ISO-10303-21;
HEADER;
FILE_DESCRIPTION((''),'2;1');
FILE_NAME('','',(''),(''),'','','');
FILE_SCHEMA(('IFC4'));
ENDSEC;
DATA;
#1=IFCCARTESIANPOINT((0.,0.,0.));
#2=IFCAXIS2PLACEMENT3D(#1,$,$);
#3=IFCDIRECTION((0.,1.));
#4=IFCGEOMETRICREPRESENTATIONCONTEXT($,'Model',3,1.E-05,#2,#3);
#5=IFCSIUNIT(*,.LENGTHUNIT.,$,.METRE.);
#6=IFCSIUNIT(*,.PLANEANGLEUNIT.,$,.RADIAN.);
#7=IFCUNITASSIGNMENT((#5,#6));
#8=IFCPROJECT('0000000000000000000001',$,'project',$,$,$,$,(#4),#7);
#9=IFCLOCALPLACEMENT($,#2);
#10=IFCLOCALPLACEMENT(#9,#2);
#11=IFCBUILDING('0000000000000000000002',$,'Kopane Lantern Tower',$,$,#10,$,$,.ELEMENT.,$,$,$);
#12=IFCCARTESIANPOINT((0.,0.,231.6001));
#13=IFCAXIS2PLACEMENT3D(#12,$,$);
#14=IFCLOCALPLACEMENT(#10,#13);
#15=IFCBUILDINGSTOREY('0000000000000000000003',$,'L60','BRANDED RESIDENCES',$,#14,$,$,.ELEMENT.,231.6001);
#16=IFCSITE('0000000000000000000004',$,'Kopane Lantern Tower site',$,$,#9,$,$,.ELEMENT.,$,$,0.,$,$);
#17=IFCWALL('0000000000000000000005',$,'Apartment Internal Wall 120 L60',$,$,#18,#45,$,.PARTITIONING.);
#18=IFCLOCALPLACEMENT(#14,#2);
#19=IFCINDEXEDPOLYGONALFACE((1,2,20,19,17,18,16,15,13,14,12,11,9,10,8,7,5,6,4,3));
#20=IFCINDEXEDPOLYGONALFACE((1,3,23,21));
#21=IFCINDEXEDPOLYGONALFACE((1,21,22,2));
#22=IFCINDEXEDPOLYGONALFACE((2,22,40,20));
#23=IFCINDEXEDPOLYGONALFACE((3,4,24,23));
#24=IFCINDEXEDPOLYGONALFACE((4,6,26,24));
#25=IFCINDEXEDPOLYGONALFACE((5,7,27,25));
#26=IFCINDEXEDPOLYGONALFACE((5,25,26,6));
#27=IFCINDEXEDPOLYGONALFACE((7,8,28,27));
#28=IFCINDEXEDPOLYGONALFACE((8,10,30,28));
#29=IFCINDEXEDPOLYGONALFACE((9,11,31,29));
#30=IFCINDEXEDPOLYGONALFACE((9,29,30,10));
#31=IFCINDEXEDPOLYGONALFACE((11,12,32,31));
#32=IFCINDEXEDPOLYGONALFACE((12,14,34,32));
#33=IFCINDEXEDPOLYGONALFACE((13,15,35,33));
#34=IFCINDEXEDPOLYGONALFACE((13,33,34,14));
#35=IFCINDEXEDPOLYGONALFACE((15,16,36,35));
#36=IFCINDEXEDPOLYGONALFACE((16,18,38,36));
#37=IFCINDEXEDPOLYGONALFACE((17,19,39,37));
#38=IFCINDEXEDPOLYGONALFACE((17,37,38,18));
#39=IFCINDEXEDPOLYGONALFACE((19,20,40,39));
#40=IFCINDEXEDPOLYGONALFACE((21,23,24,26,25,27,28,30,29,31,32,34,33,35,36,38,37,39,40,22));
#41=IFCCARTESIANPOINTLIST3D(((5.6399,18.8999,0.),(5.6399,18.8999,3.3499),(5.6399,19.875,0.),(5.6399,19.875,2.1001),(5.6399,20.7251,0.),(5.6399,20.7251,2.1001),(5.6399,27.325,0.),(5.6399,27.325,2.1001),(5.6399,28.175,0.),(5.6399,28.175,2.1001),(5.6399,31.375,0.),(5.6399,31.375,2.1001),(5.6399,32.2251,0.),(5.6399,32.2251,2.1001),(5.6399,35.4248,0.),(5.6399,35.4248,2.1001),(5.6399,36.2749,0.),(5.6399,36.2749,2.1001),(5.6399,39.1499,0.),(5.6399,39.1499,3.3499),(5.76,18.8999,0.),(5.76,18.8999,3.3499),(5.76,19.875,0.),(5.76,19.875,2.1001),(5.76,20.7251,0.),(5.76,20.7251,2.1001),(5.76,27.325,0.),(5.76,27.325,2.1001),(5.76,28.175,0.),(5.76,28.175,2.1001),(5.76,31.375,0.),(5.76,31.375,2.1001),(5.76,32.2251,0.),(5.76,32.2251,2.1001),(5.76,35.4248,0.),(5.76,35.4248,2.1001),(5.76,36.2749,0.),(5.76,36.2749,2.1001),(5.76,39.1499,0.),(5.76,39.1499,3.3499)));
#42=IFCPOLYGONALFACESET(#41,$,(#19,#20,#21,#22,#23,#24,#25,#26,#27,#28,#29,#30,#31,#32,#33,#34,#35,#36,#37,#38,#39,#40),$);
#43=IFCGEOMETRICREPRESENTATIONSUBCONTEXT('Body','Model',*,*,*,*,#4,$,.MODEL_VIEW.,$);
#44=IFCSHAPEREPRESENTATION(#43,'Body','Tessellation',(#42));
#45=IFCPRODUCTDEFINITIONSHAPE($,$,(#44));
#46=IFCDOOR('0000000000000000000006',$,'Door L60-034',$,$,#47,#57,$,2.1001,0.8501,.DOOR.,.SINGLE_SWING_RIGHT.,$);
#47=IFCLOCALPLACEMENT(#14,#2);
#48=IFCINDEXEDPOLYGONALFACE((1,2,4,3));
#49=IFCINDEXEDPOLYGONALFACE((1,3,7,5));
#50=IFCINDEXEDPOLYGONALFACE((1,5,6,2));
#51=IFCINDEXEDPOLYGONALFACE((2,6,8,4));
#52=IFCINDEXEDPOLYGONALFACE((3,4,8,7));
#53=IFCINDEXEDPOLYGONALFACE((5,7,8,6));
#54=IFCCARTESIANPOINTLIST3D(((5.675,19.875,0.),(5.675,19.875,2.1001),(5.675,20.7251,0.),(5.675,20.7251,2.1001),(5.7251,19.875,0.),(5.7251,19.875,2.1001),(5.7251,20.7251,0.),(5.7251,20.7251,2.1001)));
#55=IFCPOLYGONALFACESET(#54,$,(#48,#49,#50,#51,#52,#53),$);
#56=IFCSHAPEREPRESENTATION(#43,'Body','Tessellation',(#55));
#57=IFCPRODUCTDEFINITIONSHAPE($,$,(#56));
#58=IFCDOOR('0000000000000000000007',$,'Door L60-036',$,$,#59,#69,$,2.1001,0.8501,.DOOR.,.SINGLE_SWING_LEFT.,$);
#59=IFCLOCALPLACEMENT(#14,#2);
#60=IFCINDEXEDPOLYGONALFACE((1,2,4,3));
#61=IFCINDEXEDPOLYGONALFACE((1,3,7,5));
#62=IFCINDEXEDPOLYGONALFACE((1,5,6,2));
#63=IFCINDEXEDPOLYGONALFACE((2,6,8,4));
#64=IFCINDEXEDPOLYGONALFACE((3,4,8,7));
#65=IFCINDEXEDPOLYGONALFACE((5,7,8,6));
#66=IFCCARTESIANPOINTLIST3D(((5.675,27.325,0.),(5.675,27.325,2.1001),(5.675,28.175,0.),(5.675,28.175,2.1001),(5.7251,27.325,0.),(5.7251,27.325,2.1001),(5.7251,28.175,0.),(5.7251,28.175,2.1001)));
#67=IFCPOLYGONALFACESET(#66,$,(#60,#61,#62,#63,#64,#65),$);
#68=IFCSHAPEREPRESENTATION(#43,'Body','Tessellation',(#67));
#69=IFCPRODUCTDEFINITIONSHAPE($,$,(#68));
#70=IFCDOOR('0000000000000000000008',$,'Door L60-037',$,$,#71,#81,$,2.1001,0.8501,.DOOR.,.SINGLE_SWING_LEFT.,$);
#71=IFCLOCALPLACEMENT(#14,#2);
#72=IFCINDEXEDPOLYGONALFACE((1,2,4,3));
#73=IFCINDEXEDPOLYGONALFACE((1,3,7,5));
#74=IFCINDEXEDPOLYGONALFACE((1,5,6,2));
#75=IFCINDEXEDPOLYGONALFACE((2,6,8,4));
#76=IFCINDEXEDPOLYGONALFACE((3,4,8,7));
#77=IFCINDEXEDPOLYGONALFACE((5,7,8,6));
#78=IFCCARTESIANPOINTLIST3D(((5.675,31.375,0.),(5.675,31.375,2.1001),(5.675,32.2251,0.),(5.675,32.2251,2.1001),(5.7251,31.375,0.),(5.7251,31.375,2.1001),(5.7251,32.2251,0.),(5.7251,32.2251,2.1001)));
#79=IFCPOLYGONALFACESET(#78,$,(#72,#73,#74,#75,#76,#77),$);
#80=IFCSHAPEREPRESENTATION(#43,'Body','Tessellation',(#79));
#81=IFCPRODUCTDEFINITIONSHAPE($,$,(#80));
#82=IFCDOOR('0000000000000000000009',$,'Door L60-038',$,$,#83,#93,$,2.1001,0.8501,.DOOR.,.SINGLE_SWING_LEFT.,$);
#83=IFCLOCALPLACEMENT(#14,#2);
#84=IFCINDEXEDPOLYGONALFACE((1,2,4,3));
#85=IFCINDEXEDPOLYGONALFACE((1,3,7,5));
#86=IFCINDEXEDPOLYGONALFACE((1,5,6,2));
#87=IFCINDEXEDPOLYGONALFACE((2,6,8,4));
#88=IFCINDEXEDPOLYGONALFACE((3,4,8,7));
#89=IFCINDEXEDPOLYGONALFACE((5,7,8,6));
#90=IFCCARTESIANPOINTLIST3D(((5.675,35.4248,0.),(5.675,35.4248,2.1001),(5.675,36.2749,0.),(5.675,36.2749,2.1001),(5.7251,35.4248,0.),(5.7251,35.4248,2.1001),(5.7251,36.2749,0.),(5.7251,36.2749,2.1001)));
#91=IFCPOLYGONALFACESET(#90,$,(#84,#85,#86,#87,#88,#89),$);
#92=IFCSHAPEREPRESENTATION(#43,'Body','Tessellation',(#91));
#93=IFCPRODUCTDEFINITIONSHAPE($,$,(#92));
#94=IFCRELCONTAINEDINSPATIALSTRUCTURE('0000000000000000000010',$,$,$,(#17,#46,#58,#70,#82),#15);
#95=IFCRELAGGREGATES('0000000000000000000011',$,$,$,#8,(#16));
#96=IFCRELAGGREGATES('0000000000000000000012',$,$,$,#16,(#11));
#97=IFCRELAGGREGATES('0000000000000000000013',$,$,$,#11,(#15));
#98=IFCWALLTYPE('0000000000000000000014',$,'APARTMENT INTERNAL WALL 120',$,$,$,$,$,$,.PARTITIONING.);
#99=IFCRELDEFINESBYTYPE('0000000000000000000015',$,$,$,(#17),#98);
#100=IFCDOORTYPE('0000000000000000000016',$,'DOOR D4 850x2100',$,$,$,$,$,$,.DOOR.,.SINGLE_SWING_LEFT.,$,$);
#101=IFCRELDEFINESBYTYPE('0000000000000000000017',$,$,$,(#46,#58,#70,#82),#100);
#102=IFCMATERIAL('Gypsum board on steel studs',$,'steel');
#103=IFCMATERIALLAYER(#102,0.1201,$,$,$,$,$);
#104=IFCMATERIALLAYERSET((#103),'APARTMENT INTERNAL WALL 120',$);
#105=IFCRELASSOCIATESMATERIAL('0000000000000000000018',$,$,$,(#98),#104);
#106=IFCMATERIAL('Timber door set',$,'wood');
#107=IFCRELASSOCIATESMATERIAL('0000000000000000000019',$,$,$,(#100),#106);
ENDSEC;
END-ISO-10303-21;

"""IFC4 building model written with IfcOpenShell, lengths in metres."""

from ifc_helpers import new_model, si_unit, direction, frame, frame_2d, origin, place, context, subcontext, project, spatial, rectangle, extrude, material, layer, layer_set, type_object, element, fill, save


model = new_model("IFC4")

# Units and contexts
model_context = context("Model", 3, precision=1e-05, world=origin(), true_north=direction((0.0, 1.0)))
body_context = subcontext(model_context, "Body", "Model", "MODEL_VIEW")
ifc_project = project(units=[si_unit("LENGTHUNIT", "METRE"), si_unit("PLANEANGLEUNIT", "RADIAN")], contexts=[model_context])

# Site, building, storey
site_placement = place(None, origin())
site = spatial("IfcSite", under=ifc_project, at=site_placement, Name="Kopane Lantern Tower site", CompositionType="ELEMENT", RefElevation=0.0)
building_placement = place(site_placement, origin())
building = spatial("IfcBuilding", under=site, at=building_placement, Name="Kopane Lantern Tower", CompositionType="ELEMENT")
storey_placement = place(building_placement, frame((0.0, 0.0, 231.6001)))
storey = spatial("IfcBuildingStorey", under=building, at=storey_placement, Name="L60", Description="BRANDED RESIDENCES", CompositionType="ELEMENT", Elevation=231.6001)

# Wall, openings, doors
ifc_material_1 = material(Name="Gypsum board on steel studs", Category="steel")
ifc_layer_1 = layer(ifc_material_1, 0.1201)
ifc_layer_set_1 = layer_set([ifc_layer_1], Name="APARTMENT INTERNAL WALL 120")
wall_type_1 = type_object("IfcWallType", Name="APARTMENT INTERNAL WALL 120", PredefinedType="PARTITIONING", material=ifc_layer_set_1)
wall_1_placement = place(storey_placement, frame((5.7, 18.8999, 0.0), z_axis=(0.0, 0.0, 1.0), x_axis=(0.0, 1.0, 0.0)))
wall_1 = element("IfcWall", 1, at=wall_1_placement, inside=storey, type_object=wall_type_1, Name="Apartment Internal Wall 120 L60", PredefinedType="PARTITIONING", context=body_context, shape_type="SweptSolid", body=[
    extrude(rectangle(XDim=20.25, YDim=0.1201, at=frame_2d((10.125, 0.0))), origin(), (0.0, 0.0, 1.0), 3.3499),
])
opening_1_placement = place(wall_1_placement, frame((0.9751, 0.0, 0.0)))
opening_1 = element("IfcOpeningElement", 2, at=opening_1_placement, cuts=wall_1, PredefinedType="OPENING", context=body_context, shape_type="SweptSolid", body=[
    extrude(rectangle(XDim=0.8501, YDim=2.1001, at=frame_2d((0.425, 1.05))), frame((0.0, 0.0701, 0.0), z_axis=(0.0, -1.0, 0.0), x_axis=(1.0, 0.0, 0.0)), (0.0, 0.0, 1.0), 0.1401),
])
opening_2_placement = place(wall_1_placement, frame((8.425, 0.0, 0.0)))
opening_2 = element("IfcOpeningElement", 3, at=opening_2_placement, cuts=wall_1, PredefinedType="OPENING", context=body_context, shape_type="SweptSolid", body=[
    extrude(rectangle(XDim=0.8501, YDim=2.1001, at=frame_2d((0.425, 1.05))), frame((0.0, 0.0701, 0.0), z_axis=(0.0, -1.0, 0.0), x_axis=(1.0, 0.0, 0.0)), (0.0, 0.0, 1.0), 0.1401),
])
opening_3_placement = place(wall_1_placement, frame((12.4751, 0.0, 0.0)))
opening_3 = element("IfcOpeningElement", 4, at=opening_3_placement, cuts=wall_1, PredefinedType="OPENING", context=body_context, shape_type="SweptSolid", body=[
    extrude(rectangle(XDim=0.8501, YDim=2.1001, at=frame_2d((0.425, 1.05))), frame((0.0, 0.0701, 0.0), z_axis=(0.0, -1.0, 0.0), x_axis=(1.0, 0.0, 0.0)), (0.0, 0.0, 1.0), 0.1401),
])
opening_4_placement = place(wall_1_placement, frame((16.5249, 0.0, 0.0)))
opening_4 = element("IfcOpeningElement", 5, at=opening_4_placement, cuts=wall_1, PredefinedType="OPENING", context=body_context, shape_type="SweptSolid", body=[
    extrude(rectangle(XDim=0.8501, YDim=2.1001, at=frame_2d((0.425, 1.05))), frame((0.0, 0.0701, 0.0), z_axis=(0.0, -1.0, 0.0), x_axis=(1.0, 0.0, 0.0)), (0.0, 0.0, 1.0), 0.1401),
])
ifc_material_2 = material(Name="Timber door set", Category="wood")
door_type_1 = type_object("IfcDoorType", Name="DOOR D4 850x2100", OperationType="SINGLE_SWING_LEFT", PredefinedType="DOOR", material=ifc_material_2)
door_1_placement = place(opening_1_placement, origin())
door_1 = element("IfcDoor", 6, at=door_1_placement, inside=storey, type_object=door_type_1, Name="Door L60-034", OperationType="SINGLE_SWING_RIGHT", OverallHeight=2.1001, OverallWidth=0.8501, PredefinedType="DOOR", context=body_context, shape_type="SweptSolid", body=[
    extrude(rectangle(XDim=0.8501, YDim=2.1001, at=frame_2d((0.425, 1.05))), frame((0.0, 0.0249, 0.0), z_axis=(0.0, -1.0, 0.0), x_axis=(1.0, 0.0, 0.0)), (0.0, 0.0, 1.0), 0.05),
])
fill(opening_1, door_1)
door_2_placement = place(opening_2_placement, origin())
door_2 = element("IfcDoor", 7, at=door_2_placement, inside=storey, type_object=door_type_1, Name="Door L60-036", OperationType="SINGLE_SWING_LEFT", OverallHeight=2.1001, OverallWidth=0.8501, PredefinedType="DOOR", context=body_context, shape_type="SweptSolid", body=[
    extrude(rectangle(XDim=0.8501, YDim=2.1001, at=frame_2d((0.425, 1.05))), frame((0.0, 0.0249, 0.0), z_axis=(0.0, -1.0, 0.0), x_axis=(1.0, 0.0, 0.0)), (0.0, 0.0, 1.0), 0.05),
])
fill(opening_2, door_2)
door_3_placement = place(opening_3_placement, origin())
door_3 = element("IfcDoor", 8, at=door_3_placement, inside=storey, type_object=door_type_1, Name="Door L60-037", OperationType="SINGLE_SWING_LEFT", OverallHeight=2.1001, OverallWidth=0.8501, PredefinedType="DOOR", context=body_context, shape_type="SweptSolid", body=[
    extrude(rectangle(XDim=0.8501, YDim=2.1001, at=frame_2d((0.425, 1.05))), frame((0.0, 0.0249, 0.0), z_axis=(0.0, -1.0, 0.0), x_axis=(1.0, 0.0, 0.0)), (0.0, 0.0, 1.0), 0.05),
])
fill(opening_3, door_3)
door_4_placement = place(opening_4_placement, origin())
door_4 = element("IfcDoor", 9, at=door_4_placement, inside=storey, type_object=door_type_1, Name="Door L60-038", OperationType="SINGLE_SWING_LEFT", OverallHeight=2.1001, OverallWidth=0.8501, PredefinedType="DOOR", context=body_context, shape_type="SweptSolid", body=[
    extrude(rectangle(XDim=0.8501, YDim=2.1001, at=frame_2d((0.425, 1.05))), frame((0.0, 0.0249, 0.0), z_axis=(0.0, -1.0, 0.0), x_axis=(1.0, 0.0, 0.0)), (0.0, 0.0, 1.0), 0.05),
])
fill(opening_4, door_4)

save(model, "model.ifc")
